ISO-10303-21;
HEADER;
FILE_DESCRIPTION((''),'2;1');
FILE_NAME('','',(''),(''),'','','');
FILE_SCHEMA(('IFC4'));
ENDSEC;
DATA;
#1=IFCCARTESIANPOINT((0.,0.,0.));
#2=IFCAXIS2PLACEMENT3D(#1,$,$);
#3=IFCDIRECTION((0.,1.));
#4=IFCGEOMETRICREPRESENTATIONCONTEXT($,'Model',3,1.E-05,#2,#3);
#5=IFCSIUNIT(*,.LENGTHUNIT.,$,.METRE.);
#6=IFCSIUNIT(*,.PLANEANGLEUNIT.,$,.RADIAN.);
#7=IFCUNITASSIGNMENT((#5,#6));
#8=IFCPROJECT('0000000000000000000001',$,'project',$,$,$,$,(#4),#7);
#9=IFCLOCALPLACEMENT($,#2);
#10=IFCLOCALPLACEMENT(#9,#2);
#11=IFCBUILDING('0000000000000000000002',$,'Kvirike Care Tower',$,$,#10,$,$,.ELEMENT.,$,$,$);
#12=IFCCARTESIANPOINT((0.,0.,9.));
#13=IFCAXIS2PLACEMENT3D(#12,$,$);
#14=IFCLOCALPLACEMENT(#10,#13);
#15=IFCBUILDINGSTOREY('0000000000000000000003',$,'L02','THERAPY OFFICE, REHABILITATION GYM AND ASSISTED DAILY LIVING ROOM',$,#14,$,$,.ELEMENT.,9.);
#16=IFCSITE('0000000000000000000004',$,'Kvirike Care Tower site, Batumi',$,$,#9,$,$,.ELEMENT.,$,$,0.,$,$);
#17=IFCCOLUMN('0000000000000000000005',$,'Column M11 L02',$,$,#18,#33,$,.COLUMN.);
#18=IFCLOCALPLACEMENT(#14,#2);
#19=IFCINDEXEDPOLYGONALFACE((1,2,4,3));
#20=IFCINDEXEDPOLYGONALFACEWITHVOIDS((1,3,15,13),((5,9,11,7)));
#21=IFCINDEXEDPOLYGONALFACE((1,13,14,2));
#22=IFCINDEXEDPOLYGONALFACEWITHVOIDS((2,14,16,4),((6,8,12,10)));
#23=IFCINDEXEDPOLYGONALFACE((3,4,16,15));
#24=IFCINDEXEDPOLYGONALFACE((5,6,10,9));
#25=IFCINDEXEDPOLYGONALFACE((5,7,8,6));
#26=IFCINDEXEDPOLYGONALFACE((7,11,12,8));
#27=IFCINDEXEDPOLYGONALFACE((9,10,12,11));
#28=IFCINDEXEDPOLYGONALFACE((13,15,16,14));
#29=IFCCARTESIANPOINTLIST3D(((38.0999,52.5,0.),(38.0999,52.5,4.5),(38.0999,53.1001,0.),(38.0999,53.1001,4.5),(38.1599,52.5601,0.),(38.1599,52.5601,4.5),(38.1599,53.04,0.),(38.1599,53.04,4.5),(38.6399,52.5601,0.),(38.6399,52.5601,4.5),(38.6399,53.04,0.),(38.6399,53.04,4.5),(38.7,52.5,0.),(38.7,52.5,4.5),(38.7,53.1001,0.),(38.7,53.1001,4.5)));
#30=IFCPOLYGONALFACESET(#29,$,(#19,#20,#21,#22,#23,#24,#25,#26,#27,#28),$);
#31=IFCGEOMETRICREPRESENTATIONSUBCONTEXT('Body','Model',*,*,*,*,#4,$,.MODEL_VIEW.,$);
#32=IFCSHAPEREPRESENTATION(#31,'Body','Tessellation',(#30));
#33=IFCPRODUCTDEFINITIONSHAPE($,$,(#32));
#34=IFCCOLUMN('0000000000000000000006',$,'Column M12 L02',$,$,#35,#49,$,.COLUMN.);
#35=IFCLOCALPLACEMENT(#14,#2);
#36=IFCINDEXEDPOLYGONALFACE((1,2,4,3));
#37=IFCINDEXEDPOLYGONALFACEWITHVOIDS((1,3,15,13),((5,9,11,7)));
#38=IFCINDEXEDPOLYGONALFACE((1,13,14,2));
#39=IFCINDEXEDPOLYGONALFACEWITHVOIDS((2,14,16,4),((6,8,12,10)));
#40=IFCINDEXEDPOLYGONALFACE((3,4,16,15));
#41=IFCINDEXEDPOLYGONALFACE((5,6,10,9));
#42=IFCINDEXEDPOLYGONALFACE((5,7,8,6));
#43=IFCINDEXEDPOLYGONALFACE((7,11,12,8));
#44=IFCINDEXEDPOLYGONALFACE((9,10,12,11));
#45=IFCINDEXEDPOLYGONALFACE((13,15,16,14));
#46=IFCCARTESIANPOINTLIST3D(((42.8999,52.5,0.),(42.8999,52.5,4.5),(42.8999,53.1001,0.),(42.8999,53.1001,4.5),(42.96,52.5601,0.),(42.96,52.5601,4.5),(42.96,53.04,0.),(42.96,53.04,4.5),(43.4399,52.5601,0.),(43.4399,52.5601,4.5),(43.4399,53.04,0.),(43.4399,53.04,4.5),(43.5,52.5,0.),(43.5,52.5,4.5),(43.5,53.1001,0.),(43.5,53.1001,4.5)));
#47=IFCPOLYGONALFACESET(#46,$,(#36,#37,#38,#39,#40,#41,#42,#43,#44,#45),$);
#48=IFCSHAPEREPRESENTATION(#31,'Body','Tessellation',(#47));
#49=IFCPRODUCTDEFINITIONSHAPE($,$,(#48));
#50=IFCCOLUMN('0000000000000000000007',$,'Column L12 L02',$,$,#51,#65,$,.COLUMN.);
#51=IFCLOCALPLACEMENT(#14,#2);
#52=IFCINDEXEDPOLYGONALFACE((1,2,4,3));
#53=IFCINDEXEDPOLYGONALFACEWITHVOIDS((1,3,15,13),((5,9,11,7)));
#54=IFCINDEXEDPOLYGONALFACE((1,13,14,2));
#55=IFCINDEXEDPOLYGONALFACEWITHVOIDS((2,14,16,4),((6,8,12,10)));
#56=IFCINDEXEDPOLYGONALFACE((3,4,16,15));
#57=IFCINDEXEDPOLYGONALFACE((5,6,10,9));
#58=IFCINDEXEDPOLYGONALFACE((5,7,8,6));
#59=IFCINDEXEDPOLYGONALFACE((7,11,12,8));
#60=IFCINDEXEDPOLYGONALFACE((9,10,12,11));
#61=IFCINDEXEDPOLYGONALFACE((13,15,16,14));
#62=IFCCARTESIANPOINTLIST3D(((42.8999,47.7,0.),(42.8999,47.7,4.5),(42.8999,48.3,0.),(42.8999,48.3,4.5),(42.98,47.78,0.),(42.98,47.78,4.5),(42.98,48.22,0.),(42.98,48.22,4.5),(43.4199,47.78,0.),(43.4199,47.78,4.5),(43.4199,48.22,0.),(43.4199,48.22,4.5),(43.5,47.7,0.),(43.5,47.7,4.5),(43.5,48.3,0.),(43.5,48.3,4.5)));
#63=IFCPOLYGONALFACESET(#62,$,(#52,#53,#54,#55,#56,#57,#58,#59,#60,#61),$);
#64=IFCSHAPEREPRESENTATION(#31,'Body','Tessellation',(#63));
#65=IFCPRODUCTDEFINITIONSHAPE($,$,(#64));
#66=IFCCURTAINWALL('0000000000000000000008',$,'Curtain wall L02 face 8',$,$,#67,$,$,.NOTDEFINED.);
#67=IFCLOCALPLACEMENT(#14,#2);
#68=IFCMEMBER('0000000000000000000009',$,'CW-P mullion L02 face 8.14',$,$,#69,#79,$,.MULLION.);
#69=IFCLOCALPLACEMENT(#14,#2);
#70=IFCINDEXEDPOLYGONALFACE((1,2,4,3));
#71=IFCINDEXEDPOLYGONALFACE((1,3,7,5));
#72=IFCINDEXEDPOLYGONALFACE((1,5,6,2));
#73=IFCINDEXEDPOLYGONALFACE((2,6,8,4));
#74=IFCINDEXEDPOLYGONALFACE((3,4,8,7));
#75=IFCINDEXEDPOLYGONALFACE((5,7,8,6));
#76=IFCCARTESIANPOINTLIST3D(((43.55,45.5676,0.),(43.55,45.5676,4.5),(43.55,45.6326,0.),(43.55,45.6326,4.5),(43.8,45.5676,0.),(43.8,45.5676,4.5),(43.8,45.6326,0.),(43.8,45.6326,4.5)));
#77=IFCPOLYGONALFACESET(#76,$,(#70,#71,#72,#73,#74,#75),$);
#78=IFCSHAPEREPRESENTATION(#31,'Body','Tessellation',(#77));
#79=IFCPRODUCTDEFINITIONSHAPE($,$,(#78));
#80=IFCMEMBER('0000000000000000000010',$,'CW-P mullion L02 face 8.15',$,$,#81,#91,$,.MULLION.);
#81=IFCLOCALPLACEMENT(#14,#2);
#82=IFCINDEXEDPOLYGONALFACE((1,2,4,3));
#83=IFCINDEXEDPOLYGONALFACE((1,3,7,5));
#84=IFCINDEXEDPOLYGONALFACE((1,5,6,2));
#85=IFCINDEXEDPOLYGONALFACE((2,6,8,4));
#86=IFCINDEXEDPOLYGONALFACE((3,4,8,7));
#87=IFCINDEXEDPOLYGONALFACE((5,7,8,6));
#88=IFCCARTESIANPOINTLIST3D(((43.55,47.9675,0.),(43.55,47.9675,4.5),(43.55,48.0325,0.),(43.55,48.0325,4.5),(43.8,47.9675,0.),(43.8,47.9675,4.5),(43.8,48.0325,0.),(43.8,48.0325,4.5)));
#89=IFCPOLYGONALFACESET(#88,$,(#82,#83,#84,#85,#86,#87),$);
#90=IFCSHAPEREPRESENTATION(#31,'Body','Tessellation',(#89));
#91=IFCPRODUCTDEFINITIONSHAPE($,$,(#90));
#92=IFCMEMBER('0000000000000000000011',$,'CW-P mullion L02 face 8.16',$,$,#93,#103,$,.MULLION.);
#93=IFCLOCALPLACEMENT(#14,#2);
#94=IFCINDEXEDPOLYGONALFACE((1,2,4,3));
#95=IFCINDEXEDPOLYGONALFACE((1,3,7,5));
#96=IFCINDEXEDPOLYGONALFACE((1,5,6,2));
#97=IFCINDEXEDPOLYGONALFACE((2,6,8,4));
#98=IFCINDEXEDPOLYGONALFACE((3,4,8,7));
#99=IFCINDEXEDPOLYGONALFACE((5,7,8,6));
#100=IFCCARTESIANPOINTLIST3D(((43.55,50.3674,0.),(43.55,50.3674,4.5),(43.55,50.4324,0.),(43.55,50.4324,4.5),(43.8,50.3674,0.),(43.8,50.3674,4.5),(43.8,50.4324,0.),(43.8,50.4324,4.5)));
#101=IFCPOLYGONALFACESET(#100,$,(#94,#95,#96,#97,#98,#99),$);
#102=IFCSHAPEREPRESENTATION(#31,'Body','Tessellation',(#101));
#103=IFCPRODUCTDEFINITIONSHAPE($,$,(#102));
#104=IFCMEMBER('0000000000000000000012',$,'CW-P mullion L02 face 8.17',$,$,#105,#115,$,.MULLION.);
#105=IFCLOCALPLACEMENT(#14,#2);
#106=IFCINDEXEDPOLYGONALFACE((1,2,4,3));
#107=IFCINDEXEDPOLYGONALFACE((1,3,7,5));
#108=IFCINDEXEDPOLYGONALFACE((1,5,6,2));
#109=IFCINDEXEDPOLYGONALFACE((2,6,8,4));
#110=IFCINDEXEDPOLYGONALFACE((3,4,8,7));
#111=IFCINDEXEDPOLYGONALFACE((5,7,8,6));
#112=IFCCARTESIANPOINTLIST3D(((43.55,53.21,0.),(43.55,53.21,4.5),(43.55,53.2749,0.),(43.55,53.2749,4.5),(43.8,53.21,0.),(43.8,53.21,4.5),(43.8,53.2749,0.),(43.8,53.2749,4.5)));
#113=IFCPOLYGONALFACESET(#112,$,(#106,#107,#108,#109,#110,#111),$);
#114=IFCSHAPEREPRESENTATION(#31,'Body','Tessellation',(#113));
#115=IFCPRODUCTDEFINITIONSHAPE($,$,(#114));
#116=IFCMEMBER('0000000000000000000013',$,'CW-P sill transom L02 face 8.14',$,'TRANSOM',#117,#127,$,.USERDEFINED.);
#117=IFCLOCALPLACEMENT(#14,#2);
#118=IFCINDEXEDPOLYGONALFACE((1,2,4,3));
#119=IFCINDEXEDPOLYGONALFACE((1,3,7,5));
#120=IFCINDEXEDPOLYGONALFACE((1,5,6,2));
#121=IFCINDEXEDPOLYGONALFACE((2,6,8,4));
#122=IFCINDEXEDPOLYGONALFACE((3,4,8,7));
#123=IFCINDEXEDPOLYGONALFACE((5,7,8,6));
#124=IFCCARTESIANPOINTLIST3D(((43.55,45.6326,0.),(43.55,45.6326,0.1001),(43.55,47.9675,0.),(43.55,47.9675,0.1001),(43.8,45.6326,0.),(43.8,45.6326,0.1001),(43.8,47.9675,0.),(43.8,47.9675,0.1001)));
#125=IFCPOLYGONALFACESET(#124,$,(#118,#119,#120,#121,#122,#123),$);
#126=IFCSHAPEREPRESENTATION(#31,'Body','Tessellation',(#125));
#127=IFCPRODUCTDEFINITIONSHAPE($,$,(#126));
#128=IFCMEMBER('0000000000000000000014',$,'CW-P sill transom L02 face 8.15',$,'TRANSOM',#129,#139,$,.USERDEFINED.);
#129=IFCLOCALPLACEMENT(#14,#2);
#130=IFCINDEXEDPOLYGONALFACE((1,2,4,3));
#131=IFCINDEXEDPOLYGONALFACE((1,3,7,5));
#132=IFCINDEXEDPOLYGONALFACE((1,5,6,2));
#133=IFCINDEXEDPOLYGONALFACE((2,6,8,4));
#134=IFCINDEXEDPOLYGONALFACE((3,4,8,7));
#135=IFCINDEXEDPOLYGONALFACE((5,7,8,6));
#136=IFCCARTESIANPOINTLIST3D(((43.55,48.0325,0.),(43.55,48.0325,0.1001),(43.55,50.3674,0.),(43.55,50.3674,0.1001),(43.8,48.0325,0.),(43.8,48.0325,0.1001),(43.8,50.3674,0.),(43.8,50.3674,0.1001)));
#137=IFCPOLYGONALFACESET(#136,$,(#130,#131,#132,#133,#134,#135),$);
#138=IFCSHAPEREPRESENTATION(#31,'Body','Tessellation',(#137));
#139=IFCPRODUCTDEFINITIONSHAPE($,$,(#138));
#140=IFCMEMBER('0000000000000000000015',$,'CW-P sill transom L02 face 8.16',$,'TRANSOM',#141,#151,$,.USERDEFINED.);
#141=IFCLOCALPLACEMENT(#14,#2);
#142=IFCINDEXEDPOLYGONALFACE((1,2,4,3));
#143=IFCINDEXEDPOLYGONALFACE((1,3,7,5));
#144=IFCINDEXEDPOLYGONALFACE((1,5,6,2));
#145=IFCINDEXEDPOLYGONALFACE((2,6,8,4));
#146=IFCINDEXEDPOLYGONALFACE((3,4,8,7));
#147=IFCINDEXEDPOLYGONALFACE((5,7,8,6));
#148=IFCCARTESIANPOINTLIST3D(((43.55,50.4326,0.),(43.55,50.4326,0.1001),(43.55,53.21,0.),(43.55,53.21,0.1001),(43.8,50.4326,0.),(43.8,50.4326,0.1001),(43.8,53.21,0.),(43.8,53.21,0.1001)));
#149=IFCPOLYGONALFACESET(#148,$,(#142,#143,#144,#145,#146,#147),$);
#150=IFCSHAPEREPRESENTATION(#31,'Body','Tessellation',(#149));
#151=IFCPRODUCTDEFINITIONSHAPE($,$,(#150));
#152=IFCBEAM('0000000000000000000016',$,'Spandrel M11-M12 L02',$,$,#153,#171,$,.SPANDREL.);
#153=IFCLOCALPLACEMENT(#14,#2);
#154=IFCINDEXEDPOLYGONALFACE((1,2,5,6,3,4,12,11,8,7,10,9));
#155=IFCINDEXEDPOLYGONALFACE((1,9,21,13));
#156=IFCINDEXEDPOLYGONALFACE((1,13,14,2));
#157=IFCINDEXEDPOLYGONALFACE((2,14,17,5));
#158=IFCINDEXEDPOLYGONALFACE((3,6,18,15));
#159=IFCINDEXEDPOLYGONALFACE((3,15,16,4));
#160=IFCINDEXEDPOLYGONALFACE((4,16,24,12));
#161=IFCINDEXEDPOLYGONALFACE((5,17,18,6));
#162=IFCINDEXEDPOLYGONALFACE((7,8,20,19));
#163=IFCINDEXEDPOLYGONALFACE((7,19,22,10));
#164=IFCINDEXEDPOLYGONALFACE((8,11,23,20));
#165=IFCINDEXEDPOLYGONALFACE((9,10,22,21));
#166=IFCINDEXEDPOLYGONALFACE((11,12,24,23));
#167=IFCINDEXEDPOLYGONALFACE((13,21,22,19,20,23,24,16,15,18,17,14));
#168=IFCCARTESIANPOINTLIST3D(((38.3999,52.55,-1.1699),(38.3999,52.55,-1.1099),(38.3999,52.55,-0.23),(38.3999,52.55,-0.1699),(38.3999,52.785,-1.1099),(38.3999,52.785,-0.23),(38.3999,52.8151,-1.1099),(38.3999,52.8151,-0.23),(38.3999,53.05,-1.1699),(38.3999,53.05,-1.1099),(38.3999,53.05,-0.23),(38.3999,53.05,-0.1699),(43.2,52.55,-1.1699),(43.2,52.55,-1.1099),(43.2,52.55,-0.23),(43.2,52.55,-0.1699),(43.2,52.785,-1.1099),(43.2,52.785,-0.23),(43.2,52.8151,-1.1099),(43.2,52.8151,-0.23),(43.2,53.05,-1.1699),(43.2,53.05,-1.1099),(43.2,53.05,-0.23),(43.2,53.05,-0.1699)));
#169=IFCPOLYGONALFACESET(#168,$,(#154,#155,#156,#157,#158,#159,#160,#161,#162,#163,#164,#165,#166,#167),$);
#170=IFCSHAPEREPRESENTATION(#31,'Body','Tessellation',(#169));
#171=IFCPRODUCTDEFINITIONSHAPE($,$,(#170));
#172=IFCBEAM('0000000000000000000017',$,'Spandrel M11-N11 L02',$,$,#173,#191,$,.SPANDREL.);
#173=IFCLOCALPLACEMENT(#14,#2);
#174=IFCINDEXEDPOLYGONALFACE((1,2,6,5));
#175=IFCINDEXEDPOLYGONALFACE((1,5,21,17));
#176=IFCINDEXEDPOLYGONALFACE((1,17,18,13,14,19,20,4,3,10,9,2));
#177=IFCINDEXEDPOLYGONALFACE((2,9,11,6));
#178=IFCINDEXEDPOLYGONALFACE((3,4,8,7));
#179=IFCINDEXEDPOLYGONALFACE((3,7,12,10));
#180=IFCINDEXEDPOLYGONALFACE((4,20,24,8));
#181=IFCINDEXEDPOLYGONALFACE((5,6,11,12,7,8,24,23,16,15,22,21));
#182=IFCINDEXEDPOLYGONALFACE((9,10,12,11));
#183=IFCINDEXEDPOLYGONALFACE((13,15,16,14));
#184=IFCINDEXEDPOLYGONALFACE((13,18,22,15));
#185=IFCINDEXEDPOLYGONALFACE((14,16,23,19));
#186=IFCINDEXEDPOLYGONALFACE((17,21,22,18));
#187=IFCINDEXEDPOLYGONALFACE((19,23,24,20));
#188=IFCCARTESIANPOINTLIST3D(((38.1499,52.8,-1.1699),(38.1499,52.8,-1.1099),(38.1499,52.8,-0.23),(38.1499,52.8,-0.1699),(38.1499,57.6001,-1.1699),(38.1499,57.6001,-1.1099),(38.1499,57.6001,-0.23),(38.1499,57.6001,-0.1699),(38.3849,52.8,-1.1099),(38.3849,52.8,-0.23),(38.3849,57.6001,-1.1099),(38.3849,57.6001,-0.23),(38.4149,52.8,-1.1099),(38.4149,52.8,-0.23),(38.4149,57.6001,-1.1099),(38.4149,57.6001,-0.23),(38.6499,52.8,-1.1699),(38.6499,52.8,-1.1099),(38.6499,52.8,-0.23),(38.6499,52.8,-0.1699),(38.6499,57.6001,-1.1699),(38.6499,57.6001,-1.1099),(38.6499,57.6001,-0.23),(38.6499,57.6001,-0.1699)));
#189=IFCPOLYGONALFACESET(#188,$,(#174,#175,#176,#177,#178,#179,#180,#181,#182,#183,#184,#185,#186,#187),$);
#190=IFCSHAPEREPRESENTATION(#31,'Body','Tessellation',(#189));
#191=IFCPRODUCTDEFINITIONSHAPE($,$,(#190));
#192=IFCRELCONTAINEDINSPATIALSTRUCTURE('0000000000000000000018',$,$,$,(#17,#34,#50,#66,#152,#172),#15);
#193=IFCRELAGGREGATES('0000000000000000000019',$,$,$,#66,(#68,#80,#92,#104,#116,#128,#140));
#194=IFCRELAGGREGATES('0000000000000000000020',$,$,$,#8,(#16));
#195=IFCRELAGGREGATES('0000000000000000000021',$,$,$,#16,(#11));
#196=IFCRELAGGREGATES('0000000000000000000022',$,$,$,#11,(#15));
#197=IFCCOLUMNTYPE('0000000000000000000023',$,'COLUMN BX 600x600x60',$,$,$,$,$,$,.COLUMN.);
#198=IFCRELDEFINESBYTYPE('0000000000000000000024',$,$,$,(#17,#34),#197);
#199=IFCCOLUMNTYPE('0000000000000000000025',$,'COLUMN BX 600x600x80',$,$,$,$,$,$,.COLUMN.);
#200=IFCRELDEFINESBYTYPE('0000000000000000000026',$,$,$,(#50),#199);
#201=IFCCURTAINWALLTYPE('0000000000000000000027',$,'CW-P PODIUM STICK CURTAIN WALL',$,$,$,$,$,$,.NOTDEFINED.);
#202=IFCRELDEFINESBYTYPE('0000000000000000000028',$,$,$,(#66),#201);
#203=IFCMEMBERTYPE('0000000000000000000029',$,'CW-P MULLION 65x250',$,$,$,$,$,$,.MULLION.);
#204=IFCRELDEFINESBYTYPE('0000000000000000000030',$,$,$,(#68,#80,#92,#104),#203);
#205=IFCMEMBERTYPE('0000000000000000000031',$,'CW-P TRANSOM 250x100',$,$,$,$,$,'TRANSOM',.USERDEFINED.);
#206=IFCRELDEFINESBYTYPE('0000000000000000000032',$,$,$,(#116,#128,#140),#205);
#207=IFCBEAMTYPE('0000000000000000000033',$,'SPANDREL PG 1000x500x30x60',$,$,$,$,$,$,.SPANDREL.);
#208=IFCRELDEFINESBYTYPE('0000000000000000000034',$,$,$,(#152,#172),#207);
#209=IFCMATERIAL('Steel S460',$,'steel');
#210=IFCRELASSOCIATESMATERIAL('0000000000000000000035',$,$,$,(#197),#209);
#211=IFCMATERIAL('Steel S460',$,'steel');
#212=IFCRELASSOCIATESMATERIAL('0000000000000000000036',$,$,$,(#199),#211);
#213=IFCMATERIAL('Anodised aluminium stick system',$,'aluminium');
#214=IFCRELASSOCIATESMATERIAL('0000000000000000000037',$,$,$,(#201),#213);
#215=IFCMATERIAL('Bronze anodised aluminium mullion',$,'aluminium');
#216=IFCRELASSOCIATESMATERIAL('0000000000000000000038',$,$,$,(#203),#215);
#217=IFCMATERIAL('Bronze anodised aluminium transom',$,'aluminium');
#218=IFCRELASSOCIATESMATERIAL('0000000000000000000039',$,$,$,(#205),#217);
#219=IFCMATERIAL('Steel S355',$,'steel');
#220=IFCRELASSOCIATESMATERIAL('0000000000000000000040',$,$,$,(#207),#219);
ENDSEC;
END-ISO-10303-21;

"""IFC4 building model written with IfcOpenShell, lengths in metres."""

from ifc_helpers import new_model, si_unit, direction, frame, origin, origin_2d, place, context, subcontext, project, spatial, rectangle, hollow_rectangle, i_section, extrude, material, material_profile, profile_set, type_object, element, aggregate, save


model = new_model("IFC4")

# Units and contexts
model_context = context("Model", 3, precision=1e-05, world=origin(), true_north=direction((0.0, 1.0)))
body_context = subcontext(model_context, "Body", "Model", "MODEL_VIEW")
ifc_project = project(units=[si_unit("LENGTHUNIT", "METRE"), si_unit("PLANEANGLEUNIT", "RADIAN")], contexts=[model_context])

# Site, building, storey
site_placement = place(None, origin())
site = spatial("IfcSite", under=ifc_project, at=site_placement, Name="Kvirike Care Tower site, Batumi", CompositionType="ELEMENT", RefElevation=0.0)
building_placement = place(site_placement, origin())
building = spatial("IfcBuilding", under=site, at=building_placement, Name="Kvirike Care Tower", CompositionType="ELEMENT")
storey_placement = place(building_placement, frame((0.0, 0.0, 9.0)))
storey = spatial("IfcBuildingStorey", under=building, at=storey_placement, Name="L02", Description="THERAPY OFFICE, REHABILITATION GYM AND ASSISTED DAILY LIVING ROOM", CompositionType="ELEMENT", Elevation=9.0)

# Columns
ifc_material_1 = material(Name="Steel S460", Category="steel")
ifc_material_profile_1 = material_profile(ifc_material_1, hollow_rectangle(XDim=0.6001, YDim=0.6001, WallThickness=0.0601, at=origin_2d()), Name="BX 600x600x60")
ifc_profile_set_1 = profile_set([ifc_material_profile_1], Name="Steel S460")
column_type_1 = type_object("IfcColumnType", Name="COLUMN BX 600x600x60", PredefinedType="COLUMN", material=ifc_profile_set_1)
for number, where, z_axis, x_axis, name in (
    (1, (38.3999, 52.8, 0.0), (0.0, 0.0, 1.0), (0.0, 1.0, 0.0), "Column M11 L02"),
    (2, (43.2, 52.8, 0.0), (0.0, 0.0, 1.0), (0.0, 1.0, 0.0), "Column M12 L02"),
):
    element("IfcColumn", number, at=place(storey_placement, frame(where, z_axis=z_axis, x_axis=x_axis)), inside=storey, type_object=column_type_1, Name=name, PredefinedType="COLUMN", context=body_context, shape_type="SweptSolid", body=[
        extrude(hollow_rectangle(XDim=0.6001, YDim=0.6001, WallThickness=0.0601, at=origin_2d()), origin(), (0.0, 0.0, 1.0), 4.5),
    ])
ifc_material_2 = material(Name="Steel S460", Category="steel")
ifc_material_profile_2 = material_profile(ifc_material_2, hollow_rectangle(XDim=0.6001, YDim=0.6001, WallThickness=0.0801, at=origin_2d()), Name="BX 600x600x80")
ifc_profile_set_2 = profile_set([ifc_material_profile_2], Name="Steel S460")
column_type_2 = type_object("IfcColumnType", Name="COLUMN BX 600x600x80", PredefinedType="COLUMN", material=ifc_profile_set_2)
column_placement = place(storey_placement, frame((43.2, 48.0, 0.0), z_axis=(0.0, 0.0, 1.0), x_axis=(1.0, 0.0, 0.0)))
element("IfcColumn", 3, at=column_placement, inside=storey, type_object=column_type_2, Name="Column L12 L02", PredefinedType="COLUMN", context=body_context, shape_type="SweptSolid", body=[
    extrude(hollow_rectangle(XDim=0.6001, YDim=0.6001, WallThickness=0.0801, at=origin_2d()), origin(), (0.0, 0.0, 1.0), 4.5),
])

# Curtain wall, members
ifc_material_3 = material(Name="Anodised aluminium stick system", Category="aluminium")
curtain_wall_type = type_object("IfcCurtainWallType", Name="CW-P PODIUM STICK CURTAIN WALL", PredefinedType="NOTDEFINED", material=ifc_material_3)
curtain_wall_placement = place(storey_placement, origin())
curtain_wall = element("IfcCurtainWall", 4, at=curtain_wall_placement, inside=storey, type_object=curtain_wall_type, Name="Curtain wall L02 face 8", PredefinedType="NOTDEFINED")
ifc_material_4 = material(Name="Bronze anodised aluminium mullion", Category="aluminium")
ifc_material_profile_3 = material_profile(ifc_material_4, rectangle(XDim=0.0649, YDim=0.25, at=origin_2d()), Name="CW-P MULLION 65x250")
ifc_profile_set_3 = profile_set([ifc_material_profile_3], Name="Bronze anodised aluminium mullion")
member_type_1 = type_object("IfcMemberType", Name="CW-P MULLION 65x250", PredefinedType="MULLION", material=ifc_profile_set_3)
member_1_placement = place(storey_placement, frame((43.675, 45.6001, 0.0), z_axis=(0.0, 0.0, 1.0), x_axis=(0.0, 1.0, 0.0)))
member_1 = element("IfcMember", 5, at=member_1_placement, type_object=member_type_1, Name="CW-P mullion L02 face 8.14", PredefinedType="MULLION", context=body_context, shape_type="SweptSolid", body=[
    extrude(rectangle(XDim=0.0649, YDim=0.25, at=origin_2d()), origin(), (0.0, 0.0, 1.0), 4.5),
])
member_2_placement = place(storey_placement, frame((43.675, 48.0, 0.0), z_axis=(0.0, 0.0, 1.0), x_axis=(0.0, 1.0, 0.0)))
member_2 = element("IfcMember", 6, at=member_2_placement, type_object=member_type_1, Name="CW-P mullion L02 face 8.15", PredefinedType="MULLION", context=body_context, shape_type="SweptSolid", body=[
    extrude(rectangle(XDim=0.0649, YDim=0.25, at=origin_2d()), origin(), (0.0, 0.0, 1.0), 4.5),
])
member_3_placement = place(storey_placement, frame((43.675, 50.3999, 0.0), z_axis=(0.0, 0.0, 1.0), x_axis=(0.0, 1.0, 0.0)))
member_3 = element("IfcMember", 7, at=member_3_placement, type_object=member_type_1, Name="CW-P mullion L02 face 8.16", PredefinedType="MULLION", context=body_context, shape_type="SweptSolid", body=[
    extrude(rectangle(XDim=0.0649, YDim=0.25, at=origin_2d()), origin(), (0.0, 0.0, 1.0), 4.5),
])
member_4_placement = place(storey_placement, frame((43.675, 53.2424, 0.0), z_axis=(0.0, 0.0, 1.0), x_axis=(0.0, 1.0, 0.0)))
member_4 = element("IfcMember", 8, at=member_4_placement, type_object=member_type_1, Name="CW-P mullion L02 face 8.17", PredefinedType="MULLION", context=body_context, shape_type="SweptSolid", body=[
    extrude(rectangle(XDim=0.0649, YDim=0.25, at=origin_2d()), origin(), (0.0, 0.0, 1.0), 4.5),
])
ifc_material_5 = material(Name="Bronze anodised aluminium transom", Category="aluminium")
ifc_material_profile_4 = material_profile(ifc_material_5, rectangle(XDim=0.25, YDim=0.1001, at=origin_2d()), Name="CW-P TRANSOM 250x100")
ifc_profile_set_4 = profile_set([ifc_material_profile_4], Name="Bronze anodised aluminium transom")
member_type_2 = type_object("IfcMemberType", Name="CW-P TRANSOM 250x100", ElementType="TRANSOM", PredefinedType="USERDEFINED", material=ifc_profile_set_4)
member_5_placement = place(storey_placement, frame((43.675, 45.6326, 0.05), z_axis=(0.0, 1.0, 0.0), x_axis=(-1.0, 0.0, 0.0)))
member_5 = element("IfcMember", 9, at=member_5_placement, type_object=member_type_2, Name="CW-P sill transom L02 face 8.14", ObjectType="TRANSOM", PredefinedType="USERDEFINED", context=body_context, shape_type="SweptSolid", body=[
    extrude(rectangle(XDim=0.25, YDim=0.1001, at=origin_2d()), origin(), (0.0, 0.0, 1.0), 2.335),
])
member_6_placement = place(storey_placement, frame((43.675, 48.0325, 0.05), z_axis=(0.0, 1.0, 0.0), x_axis=(-1.0, 0.0, 0.0)))
member_6 = element("IfcMember", 10, at=member_6_placement, type_object=member_type_2, Name="CW-P sill transom L02 face 8.15", ObjectType="TRANSOM", PredefinedType="USERDEFINED", context=body_context, shape_type="SweptSolid", body=[
    extrude(rectangle(XDim=0.25, YDim=0.1001, at=origin_2d()), origin(), (0.0, 0.0, 1.0), 2.335),
])
member_7_placement = place(storey_placement, frame((43.675, 50.4326, 0.05), z_axis=(0.0, 1.0, 0.0), x_axis=(-1.0, 0.0, 0.0)))
member_7 = element("IfcMember", 11, at=member_7_placement, type_object=member_type_2, Name="CW-P sill transom L02 face 8.16", ObjectType="TRANSOM", PredefinedType="USERDEFINED", context=body_context, shape_type="SweptSolid", body=[
    extrude(rectangle(XDim=0.25, YDim=0.1001, at=origin_2d()), origin(), (0.0, 0.0, 1.0), 2.7773),
])

# Beams
ifc_material_6 = material(Name="Steel S355", Category="steel")
ifc_material_profile_5 = material_profile(ifc_material_6, i_section(OverallWidth=0.5, OverallDepth=1.0, WebThickness=0.03, FlangeThickness=0.0601, at=origin_2d()), Name="PG 1000x500x30x60")
ifc_profile_set_5 = profile_set([ifc_material_profile_5], Name="Steel S355")
beam_type = type_object("IfcBeamType", Name="SPANDREL PG 1000x500x30x60", PredefinedType="SPANDREL", material=ifc_profile_set_5)
for number, where, z_axis, x_axis, name in (
    (12, (38.3999, 52.8, -0.6699), (1.0, 0.0, 0.0), (0.0, 1.0, 0.0), "Spandrel M11-M12 L02"),
    (13, (38.3999, 52.8, -0.6699), (0.0, 1.0, 0.0), (-1.0, 0.0, 0.0), "Spandrel M11-N11 L02"),
):
    element("IfcBeam", number, at=place(storey_placement, frame(where, z_axis=z_axis, x_axis=x_axis)), inside=storey, type_object=beam_type, Name=name, PredefinedType="SPANDREL", context=body_context, shape_type="SweptSolid", body=[
        extrude(i_section(OverallWidth=0.5, OverallDepth=1.0, WebThickness=0.03, FlangeThickness=0.0601, at=origin_2d()), origin(), (0.0, 0.0, 1.0), 4.8),
    ])

aggregate(curtain_wall, [member_1, member_2, member_3, member_4, member_5, member_6, member_7])

save(model, "model.ifc")
